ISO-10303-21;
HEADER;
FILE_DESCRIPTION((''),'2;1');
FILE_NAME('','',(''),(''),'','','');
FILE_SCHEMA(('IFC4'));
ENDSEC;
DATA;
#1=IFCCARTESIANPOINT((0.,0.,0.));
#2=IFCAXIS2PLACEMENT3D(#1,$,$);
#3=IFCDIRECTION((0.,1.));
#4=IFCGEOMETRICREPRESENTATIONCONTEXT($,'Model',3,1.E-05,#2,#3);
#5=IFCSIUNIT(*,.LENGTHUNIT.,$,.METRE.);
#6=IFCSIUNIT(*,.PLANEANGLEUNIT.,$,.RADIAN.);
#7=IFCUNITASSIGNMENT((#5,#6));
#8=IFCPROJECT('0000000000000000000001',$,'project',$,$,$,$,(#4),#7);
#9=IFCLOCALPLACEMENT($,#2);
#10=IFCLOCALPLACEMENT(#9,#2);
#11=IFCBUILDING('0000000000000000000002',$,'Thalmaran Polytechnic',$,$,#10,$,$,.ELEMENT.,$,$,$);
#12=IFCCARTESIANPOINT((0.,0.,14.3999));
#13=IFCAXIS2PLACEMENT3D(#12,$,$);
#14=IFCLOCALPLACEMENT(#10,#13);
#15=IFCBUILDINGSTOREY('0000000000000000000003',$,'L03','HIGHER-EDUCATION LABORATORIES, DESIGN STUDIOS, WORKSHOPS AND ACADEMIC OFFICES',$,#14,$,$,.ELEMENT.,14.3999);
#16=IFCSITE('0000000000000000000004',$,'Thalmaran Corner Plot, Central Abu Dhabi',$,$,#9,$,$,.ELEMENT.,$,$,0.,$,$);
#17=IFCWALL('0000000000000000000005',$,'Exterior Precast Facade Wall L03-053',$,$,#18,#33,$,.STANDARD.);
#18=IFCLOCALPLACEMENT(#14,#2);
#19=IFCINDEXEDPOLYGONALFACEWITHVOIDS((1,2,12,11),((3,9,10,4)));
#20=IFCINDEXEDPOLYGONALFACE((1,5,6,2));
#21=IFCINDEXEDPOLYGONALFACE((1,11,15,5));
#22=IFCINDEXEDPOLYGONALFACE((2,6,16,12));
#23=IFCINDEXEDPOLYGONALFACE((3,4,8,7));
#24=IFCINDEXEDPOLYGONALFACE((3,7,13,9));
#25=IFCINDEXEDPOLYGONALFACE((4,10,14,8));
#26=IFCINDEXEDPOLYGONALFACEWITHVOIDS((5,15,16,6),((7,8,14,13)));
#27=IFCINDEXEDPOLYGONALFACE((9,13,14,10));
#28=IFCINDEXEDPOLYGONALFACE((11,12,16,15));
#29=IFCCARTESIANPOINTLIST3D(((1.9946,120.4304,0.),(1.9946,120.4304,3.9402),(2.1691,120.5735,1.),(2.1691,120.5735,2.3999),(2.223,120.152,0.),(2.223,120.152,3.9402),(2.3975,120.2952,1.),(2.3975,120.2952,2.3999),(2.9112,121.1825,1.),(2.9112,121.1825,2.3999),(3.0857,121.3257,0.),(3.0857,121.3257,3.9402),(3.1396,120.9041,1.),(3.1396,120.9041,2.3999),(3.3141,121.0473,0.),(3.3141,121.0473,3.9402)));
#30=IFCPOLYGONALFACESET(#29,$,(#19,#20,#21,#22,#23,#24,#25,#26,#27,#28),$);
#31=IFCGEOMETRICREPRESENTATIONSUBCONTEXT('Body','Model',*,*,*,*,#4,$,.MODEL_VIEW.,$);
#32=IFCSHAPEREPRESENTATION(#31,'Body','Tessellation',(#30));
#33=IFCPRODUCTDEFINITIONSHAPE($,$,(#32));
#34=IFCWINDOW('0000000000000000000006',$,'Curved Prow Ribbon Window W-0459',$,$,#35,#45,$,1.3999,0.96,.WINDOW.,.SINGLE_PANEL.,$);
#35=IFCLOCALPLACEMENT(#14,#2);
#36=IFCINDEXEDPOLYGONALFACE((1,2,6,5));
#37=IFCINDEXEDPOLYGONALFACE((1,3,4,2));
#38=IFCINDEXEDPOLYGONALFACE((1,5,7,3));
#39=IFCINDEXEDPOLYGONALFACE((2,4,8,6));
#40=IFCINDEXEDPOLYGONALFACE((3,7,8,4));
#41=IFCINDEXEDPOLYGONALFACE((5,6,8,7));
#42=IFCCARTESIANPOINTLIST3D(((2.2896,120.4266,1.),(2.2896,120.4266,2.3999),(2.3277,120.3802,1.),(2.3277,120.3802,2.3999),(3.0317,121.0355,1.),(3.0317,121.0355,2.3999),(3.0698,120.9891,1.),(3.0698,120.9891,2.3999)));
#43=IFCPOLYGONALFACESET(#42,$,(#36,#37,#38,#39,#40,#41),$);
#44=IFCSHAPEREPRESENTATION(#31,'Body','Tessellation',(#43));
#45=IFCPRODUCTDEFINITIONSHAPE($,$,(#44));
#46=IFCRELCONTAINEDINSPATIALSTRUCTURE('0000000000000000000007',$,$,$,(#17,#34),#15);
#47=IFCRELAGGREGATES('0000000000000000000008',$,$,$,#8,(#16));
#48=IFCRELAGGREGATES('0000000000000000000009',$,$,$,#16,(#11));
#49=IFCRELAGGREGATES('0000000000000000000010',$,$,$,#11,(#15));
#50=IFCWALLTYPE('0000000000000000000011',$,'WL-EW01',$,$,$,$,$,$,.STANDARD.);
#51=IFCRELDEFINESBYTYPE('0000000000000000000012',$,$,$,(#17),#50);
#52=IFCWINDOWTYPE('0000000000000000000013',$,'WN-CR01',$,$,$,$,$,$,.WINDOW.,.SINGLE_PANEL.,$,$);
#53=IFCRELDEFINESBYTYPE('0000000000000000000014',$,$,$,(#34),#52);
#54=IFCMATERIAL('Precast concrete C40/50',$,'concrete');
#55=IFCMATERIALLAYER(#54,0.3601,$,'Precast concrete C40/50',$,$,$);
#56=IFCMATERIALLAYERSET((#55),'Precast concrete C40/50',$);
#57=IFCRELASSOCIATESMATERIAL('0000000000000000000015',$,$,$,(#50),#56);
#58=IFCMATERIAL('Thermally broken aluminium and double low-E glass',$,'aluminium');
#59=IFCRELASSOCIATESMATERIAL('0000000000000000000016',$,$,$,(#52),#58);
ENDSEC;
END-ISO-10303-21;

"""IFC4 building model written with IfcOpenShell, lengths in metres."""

from ifc_helpers import new_model, si_unit, direction, frame, frame_2d, origin, place, context, subcontext, project, spatial, rectangle, extrude, material, layer, layer_set, type_object, element, fill, save


model = new_model("IFC4")

# Units and contexts
model_context = context("Model", 3, precision=1e-05, world=origin(), true_north=direction((0.0, 1.0)))
body_context = subcontext(model_context, "Body", "Model", "MODEL_VIEW")
ifc_project = project(units=[si_unit("LENGTHUNIT", "METRE"), si_unit("PLANEANGLEUNIT", "RADIAN")], contexts=[model_context])

# Site, building, storey
site_placement = place(None, origin())
site = spatial("IfcSite", under=ifc_project, at=site_placement, Name="Thalmaran Corner Plot, Central Abu Dhabi", CompositionType="ELEMENT", RefElevation=0.0)
building_placement = place(site_placement, origin())
building = spatial("IfcBuilding", under=site, at=building_placement, Name="Thalmaran Polytechnic", CompositionType="ELEMENT")
storey_placement = place(building_placement, frame((0.0, 0.0, 14.3999)))
storey = spatial("IfcBuildingStorey", under=building, at=storey_placement, Name="L03", Description="HIGHER-EDUCATION LABORATORIES, DESIGN STUDIOS, WORKSHOPS AND ACADEMIC OFFICES", CompositionType="ELEMENT", Elevation=14.3999)

# Shared definitions
ifc_material_1 = material(Name="Precast concrete C40/50", Category="concrete")
ifc_layer_1 = layer(ifc_material_1, 0.3601, Name="Precast concrete C40/50")
ifc_layer_set_1 = layer_set([ifc_layer_1], Name="Precast concrete C40/50")
wall_type = type_object("IfcWallType", Name="WL-EW01", PredefinedType="STANDARD", material=ifc_layer_set_1)

# Wall, opening, window
ifc_material_2 = material(Name="Thermally broken aluminium and double low-E glass", Category="aluminium")
window_type = type_object("IfcWindowType", Name="WN-CR01", PartitioningType="SINGLE_PANEL", PredefinedType="WINDOW", material=ifc_material_2)
wall_1_placement = place(storey_placement, frame((2.1089, 120.2913, 0.0), z_axis=(0.0, 0.0, 1.0), x_axis=(0.773062, 0.63433, 0.0)))
wall_1 = element("IfcWall", 1, at=wall_1_placement, inside=storey, type_object=wall_type, Name="Exterior Precast Facade Wall L03-053", PredefinedType="STANDARD", context=body_context, shape_type="SweptSolid", body=[
    extrude(rectangle(XDim=1.4114, YDim=0.3601, at=frame_2d((0.7056, 0.0))), origin(), (0.0, 0.0, 1.0), 3.9402),
])
opening_1_placement = place(wall_1_placement, frame((0.2256, 0.0, 1.0)))
opening_1 = element("IfcOpeningElement", 2, at=opening_1_placement, cuts=wall_1, PredefinedType="OPENING", context=body_context, shape_type="SweptSolid", body=[
    extrude(rectangle(XDim=0.96, YDim=1.3999, at=frame_2d((0.48, 0.7))), frame((0.0, 0.1899, 0.0), z_axis=(0.0, -1.0, 0.0), x_axis=(1.0, 0.0, 0.0)), (0.0, 0.0, 1.0), 0.3801),
])
window_1_placement = place(opening_1_placement, origin())
window_1 = element("IfcWindow", 3, at=window_1_placement, inside=storey, type_object=window_type, Name="Curved Prow Ribbon Window W-0459", OverallHeight=1.3999, OverallWidth=0.96, PartitioningType="SINGLE_PANEL", PredefinedType="WINDOW", context=body_context, shape_type="SweptSolid", body=[
    extrude(rectangle(XDim=0.96, YDim=1.3999, at=frame_2d((0.48, 0.7))), frame((0.0, -0.01, 0.0), z_axis=(0.0, -1.0, 0.0), x_axis=(1.0, 0.0, 0.0)), (0.0, 0.0, 1.0), 0.0601),
])
fill(opening_1, window_1)

save(model, "model.ifc")
